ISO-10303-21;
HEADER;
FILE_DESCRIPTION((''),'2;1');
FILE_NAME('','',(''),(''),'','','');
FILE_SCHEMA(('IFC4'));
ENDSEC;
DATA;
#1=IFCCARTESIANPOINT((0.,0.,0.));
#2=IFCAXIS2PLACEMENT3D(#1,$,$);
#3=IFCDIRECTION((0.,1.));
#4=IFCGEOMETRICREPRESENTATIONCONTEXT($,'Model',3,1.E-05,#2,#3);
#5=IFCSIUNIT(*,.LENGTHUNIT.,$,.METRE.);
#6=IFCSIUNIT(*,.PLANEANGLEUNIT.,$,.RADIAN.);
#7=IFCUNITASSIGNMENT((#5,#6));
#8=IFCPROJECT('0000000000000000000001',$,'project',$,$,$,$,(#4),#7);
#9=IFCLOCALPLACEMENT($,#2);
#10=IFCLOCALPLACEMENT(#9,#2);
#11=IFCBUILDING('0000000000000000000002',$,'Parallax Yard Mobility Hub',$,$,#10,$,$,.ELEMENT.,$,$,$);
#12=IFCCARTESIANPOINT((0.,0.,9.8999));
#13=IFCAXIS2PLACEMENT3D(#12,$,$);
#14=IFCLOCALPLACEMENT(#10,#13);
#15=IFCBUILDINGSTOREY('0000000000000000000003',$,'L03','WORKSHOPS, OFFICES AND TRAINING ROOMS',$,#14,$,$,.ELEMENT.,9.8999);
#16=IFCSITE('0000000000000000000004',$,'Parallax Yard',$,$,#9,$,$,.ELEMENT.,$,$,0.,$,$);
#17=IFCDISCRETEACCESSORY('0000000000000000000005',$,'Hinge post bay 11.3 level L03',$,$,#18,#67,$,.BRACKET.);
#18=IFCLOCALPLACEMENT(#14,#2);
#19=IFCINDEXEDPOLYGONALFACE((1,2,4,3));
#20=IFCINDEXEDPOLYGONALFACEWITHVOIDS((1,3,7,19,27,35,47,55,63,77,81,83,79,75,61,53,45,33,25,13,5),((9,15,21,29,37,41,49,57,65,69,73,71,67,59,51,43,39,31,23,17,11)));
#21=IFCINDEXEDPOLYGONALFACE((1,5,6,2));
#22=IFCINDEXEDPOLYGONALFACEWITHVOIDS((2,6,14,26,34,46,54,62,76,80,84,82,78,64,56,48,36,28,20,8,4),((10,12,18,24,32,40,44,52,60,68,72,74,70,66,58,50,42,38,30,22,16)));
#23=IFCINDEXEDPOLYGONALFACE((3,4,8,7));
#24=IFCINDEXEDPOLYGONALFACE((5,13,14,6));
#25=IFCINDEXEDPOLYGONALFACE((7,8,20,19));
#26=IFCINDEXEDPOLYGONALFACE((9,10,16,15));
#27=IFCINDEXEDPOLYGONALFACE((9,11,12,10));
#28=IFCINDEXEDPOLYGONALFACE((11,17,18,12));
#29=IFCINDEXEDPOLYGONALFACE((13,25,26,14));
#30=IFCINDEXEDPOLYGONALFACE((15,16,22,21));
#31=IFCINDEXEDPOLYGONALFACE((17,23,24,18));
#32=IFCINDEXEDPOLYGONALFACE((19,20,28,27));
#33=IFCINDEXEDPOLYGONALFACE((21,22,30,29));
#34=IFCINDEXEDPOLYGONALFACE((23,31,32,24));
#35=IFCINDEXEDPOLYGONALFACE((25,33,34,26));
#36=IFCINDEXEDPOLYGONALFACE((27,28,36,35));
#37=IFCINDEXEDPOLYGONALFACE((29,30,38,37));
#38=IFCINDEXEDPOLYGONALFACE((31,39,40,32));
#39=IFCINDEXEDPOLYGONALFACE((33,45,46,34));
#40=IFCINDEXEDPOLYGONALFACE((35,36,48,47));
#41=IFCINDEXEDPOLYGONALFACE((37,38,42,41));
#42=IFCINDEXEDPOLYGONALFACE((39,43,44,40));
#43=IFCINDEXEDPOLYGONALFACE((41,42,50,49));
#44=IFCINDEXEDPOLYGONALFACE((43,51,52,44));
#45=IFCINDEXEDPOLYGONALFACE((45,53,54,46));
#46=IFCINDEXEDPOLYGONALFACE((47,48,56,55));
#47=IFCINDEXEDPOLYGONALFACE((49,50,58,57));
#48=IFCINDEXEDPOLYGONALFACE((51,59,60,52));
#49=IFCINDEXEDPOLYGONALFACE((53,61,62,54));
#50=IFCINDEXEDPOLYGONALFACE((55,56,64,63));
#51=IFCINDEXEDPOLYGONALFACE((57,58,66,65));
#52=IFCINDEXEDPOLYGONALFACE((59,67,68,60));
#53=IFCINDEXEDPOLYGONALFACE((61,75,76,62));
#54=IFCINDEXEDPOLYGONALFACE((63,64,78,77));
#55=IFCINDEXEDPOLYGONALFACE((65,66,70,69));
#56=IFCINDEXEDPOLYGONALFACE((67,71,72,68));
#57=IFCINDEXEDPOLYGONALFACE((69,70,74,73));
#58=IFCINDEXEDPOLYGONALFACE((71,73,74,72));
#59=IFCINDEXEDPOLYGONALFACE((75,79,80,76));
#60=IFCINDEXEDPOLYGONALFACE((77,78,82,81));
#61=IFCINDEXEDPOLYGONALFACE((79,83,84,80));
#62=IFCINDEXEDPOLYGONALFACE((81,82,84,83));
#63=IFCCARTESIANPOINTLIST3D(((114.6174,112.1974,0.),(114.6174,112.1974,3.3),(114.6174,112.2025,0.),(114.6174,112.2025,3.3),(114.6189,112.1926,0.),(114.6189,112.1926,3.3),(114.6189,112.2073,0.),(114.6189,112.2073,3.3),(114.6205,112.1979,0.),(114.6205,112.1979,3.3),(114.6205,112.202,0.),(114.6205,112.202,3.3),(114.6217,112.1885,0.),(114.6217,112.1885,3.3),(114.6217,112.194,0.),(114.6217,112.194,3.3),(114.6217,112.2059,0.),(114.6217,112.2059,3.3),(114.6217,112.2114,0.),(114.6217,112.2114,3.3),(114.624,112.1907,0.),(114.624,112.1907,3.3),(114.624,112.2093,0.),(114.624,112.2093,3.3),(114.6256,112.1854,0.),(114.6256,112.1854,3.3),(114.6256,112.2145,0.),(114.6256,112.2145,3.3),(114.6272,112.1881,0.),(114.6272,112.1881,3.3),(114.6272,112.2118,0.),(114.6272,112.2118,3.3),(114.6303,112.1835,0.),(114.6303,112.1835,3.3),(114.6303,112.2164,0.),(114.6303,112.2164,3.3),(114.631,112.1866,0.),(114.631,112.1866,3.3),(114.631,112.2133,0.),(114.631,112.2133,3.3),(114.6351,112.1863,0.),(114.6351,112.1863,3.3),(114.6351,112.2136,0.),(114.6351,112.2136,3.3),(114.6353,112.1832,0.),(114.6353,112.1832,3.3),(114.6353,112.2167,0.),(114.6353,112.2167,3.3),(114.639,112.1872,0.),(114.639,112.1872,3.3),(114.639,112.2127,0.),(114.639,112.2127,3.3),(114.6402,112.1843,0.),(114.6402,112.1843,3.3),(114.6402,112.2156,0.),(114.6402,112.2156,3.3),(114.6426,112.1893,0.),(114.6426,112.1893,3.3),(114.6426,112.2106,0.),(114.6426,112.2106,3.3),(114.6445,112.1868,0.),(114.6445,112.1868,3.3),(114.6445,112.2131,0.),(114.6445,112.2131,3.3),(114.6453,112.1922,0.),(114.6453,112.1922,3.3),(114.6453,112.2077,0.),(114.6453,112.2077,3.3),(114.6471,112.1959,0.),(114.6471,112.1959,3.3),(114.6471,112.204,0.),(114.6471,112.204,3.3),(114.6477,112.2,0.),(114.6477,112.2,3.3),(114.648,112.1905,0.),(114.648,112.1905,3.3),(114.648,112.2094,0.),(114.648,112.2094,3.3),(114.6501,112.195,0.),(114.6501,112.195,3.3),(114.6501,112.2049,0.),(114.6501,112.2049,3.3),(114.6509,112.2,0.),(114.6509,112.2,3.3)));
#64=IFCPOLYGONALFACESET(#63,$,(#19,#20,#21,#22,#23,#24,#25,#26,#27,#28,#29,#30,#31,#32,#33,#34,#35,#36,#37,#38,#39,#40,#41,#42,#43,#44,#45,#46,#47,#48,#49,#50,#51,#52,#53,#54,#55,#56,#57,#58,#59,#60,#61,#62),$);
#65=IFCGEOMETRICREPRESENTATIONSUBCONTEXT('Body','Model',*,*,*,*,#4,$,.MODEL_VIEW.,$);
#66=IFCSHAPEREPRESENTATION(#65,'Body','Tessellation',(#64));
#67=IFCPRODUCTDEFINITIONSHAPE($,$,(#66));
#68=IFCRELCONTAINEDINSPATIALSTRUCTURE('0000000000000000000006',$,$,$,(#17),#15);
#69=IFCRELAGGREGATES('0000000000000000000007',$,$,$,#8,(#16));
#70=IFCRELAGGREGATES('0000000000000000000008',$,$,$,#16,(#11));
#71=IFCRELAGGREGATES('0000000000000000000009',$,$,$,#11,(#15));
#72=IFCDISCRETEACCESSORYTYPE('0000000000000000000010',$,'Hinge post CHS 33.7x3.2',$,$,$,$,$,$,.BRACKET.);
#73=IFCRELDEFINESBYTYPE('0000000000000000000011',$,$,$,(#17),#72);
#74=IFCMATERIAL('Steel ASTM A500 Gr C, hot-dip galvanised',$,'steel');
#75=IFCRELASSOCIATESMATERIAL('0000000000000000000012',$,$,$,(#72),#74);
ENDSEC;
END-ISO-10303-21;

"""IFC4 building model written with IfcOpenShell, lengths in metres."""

from ifc_helpers import new_model, si_unit, direction, frame, origin, origin_2d, place, context, subcontext, project, spatial, hollow_circle, extrude, material, material_profile, profile_set, type_object, element, save


model = new_model("IFC4")

# Units and contexts
model_context = context("Model", 3, precision=1e-05, world=origin(), true_north=direction((0.0, 1.0)))
body_context = subcontext(model_context, "Body", "Model", "MODEL_VIEW")
ifc_project = project(units=[si_unit("LENGTHUNIT", "METRE"), si_unit("PLANEANGLEUNIT", "RADIAN")], contexts=[model_context])

# Site, building, storey
site_placement = place(None, origin())
site = spatial("IfcSite", under=ifc_project, at=site_placement, Name="Parallax Yard", CompositionType="ELEMENT", RefElevation=0.0)
building_placement = place(site_placement, origin())
building = spatial("IfcBuilding", under=site, at=building_placement, Name="Parallax Yard Mobility Hub", CompositionType="ELEMENT")
storey_placement = place(building_placement, frame((0.0, 0.0, 9.8999)))
storey = spatial("IfcBuildingStorey", under=building, at=storey_placement, Name="L03", Description="WORKSHOPS, OFFICES AND TRAINING ROOMS", CompositionType="ELEMENT", Elevation=9.8999)

# Discrete accessory
ifc_material_1 = material(Name="Steel ASTM A500 Gr C, hot-dip galvanised", Category="steel")
ifc_material_profile = material_profile(ifc_material_1, hollow_circle(Radius=0.0168, WallThickness=0.0032, at=origin_2d()), Name="CHS 33.7x3.2")
ifc_profile_set = profile_set([ifc_material_profile], Name="Steel ASTM A500 Gr C, hot-dip galvanised")
discrete_accessory_type = type_object("IfcDiscreteAccessoryType", Name="Hinge post CHS 33.7x3.2", PredefinedType="BRACKET", material=ifc_profile_set)
for number, where, z_axis, x_axis, name in (
    (1, (114.634, 112.2, 0.0), (0.0, 0.0, 1.0), (1.0, 0.0, 0.0), "Hinge post bay 11.3 level L03"),
):
    element("IfcDiscreteAccessory", number, at=place(storey_placement, frame(where, z_axis=z_axis, x_axis=x_axis)), inside=storey, type_object=discrete_accessory_type, Name=name, PredefinedType="BRACKET", context=body_context, shape_type="SweptSolid", body=[
        extrude(hollow_circle(Radius=0.0168, WallThickness=0.0032, at=origin_2d()), origin(), (0.0, 0.0, 1.0), 3.3),
    ])

save(model, "model.ifc")
